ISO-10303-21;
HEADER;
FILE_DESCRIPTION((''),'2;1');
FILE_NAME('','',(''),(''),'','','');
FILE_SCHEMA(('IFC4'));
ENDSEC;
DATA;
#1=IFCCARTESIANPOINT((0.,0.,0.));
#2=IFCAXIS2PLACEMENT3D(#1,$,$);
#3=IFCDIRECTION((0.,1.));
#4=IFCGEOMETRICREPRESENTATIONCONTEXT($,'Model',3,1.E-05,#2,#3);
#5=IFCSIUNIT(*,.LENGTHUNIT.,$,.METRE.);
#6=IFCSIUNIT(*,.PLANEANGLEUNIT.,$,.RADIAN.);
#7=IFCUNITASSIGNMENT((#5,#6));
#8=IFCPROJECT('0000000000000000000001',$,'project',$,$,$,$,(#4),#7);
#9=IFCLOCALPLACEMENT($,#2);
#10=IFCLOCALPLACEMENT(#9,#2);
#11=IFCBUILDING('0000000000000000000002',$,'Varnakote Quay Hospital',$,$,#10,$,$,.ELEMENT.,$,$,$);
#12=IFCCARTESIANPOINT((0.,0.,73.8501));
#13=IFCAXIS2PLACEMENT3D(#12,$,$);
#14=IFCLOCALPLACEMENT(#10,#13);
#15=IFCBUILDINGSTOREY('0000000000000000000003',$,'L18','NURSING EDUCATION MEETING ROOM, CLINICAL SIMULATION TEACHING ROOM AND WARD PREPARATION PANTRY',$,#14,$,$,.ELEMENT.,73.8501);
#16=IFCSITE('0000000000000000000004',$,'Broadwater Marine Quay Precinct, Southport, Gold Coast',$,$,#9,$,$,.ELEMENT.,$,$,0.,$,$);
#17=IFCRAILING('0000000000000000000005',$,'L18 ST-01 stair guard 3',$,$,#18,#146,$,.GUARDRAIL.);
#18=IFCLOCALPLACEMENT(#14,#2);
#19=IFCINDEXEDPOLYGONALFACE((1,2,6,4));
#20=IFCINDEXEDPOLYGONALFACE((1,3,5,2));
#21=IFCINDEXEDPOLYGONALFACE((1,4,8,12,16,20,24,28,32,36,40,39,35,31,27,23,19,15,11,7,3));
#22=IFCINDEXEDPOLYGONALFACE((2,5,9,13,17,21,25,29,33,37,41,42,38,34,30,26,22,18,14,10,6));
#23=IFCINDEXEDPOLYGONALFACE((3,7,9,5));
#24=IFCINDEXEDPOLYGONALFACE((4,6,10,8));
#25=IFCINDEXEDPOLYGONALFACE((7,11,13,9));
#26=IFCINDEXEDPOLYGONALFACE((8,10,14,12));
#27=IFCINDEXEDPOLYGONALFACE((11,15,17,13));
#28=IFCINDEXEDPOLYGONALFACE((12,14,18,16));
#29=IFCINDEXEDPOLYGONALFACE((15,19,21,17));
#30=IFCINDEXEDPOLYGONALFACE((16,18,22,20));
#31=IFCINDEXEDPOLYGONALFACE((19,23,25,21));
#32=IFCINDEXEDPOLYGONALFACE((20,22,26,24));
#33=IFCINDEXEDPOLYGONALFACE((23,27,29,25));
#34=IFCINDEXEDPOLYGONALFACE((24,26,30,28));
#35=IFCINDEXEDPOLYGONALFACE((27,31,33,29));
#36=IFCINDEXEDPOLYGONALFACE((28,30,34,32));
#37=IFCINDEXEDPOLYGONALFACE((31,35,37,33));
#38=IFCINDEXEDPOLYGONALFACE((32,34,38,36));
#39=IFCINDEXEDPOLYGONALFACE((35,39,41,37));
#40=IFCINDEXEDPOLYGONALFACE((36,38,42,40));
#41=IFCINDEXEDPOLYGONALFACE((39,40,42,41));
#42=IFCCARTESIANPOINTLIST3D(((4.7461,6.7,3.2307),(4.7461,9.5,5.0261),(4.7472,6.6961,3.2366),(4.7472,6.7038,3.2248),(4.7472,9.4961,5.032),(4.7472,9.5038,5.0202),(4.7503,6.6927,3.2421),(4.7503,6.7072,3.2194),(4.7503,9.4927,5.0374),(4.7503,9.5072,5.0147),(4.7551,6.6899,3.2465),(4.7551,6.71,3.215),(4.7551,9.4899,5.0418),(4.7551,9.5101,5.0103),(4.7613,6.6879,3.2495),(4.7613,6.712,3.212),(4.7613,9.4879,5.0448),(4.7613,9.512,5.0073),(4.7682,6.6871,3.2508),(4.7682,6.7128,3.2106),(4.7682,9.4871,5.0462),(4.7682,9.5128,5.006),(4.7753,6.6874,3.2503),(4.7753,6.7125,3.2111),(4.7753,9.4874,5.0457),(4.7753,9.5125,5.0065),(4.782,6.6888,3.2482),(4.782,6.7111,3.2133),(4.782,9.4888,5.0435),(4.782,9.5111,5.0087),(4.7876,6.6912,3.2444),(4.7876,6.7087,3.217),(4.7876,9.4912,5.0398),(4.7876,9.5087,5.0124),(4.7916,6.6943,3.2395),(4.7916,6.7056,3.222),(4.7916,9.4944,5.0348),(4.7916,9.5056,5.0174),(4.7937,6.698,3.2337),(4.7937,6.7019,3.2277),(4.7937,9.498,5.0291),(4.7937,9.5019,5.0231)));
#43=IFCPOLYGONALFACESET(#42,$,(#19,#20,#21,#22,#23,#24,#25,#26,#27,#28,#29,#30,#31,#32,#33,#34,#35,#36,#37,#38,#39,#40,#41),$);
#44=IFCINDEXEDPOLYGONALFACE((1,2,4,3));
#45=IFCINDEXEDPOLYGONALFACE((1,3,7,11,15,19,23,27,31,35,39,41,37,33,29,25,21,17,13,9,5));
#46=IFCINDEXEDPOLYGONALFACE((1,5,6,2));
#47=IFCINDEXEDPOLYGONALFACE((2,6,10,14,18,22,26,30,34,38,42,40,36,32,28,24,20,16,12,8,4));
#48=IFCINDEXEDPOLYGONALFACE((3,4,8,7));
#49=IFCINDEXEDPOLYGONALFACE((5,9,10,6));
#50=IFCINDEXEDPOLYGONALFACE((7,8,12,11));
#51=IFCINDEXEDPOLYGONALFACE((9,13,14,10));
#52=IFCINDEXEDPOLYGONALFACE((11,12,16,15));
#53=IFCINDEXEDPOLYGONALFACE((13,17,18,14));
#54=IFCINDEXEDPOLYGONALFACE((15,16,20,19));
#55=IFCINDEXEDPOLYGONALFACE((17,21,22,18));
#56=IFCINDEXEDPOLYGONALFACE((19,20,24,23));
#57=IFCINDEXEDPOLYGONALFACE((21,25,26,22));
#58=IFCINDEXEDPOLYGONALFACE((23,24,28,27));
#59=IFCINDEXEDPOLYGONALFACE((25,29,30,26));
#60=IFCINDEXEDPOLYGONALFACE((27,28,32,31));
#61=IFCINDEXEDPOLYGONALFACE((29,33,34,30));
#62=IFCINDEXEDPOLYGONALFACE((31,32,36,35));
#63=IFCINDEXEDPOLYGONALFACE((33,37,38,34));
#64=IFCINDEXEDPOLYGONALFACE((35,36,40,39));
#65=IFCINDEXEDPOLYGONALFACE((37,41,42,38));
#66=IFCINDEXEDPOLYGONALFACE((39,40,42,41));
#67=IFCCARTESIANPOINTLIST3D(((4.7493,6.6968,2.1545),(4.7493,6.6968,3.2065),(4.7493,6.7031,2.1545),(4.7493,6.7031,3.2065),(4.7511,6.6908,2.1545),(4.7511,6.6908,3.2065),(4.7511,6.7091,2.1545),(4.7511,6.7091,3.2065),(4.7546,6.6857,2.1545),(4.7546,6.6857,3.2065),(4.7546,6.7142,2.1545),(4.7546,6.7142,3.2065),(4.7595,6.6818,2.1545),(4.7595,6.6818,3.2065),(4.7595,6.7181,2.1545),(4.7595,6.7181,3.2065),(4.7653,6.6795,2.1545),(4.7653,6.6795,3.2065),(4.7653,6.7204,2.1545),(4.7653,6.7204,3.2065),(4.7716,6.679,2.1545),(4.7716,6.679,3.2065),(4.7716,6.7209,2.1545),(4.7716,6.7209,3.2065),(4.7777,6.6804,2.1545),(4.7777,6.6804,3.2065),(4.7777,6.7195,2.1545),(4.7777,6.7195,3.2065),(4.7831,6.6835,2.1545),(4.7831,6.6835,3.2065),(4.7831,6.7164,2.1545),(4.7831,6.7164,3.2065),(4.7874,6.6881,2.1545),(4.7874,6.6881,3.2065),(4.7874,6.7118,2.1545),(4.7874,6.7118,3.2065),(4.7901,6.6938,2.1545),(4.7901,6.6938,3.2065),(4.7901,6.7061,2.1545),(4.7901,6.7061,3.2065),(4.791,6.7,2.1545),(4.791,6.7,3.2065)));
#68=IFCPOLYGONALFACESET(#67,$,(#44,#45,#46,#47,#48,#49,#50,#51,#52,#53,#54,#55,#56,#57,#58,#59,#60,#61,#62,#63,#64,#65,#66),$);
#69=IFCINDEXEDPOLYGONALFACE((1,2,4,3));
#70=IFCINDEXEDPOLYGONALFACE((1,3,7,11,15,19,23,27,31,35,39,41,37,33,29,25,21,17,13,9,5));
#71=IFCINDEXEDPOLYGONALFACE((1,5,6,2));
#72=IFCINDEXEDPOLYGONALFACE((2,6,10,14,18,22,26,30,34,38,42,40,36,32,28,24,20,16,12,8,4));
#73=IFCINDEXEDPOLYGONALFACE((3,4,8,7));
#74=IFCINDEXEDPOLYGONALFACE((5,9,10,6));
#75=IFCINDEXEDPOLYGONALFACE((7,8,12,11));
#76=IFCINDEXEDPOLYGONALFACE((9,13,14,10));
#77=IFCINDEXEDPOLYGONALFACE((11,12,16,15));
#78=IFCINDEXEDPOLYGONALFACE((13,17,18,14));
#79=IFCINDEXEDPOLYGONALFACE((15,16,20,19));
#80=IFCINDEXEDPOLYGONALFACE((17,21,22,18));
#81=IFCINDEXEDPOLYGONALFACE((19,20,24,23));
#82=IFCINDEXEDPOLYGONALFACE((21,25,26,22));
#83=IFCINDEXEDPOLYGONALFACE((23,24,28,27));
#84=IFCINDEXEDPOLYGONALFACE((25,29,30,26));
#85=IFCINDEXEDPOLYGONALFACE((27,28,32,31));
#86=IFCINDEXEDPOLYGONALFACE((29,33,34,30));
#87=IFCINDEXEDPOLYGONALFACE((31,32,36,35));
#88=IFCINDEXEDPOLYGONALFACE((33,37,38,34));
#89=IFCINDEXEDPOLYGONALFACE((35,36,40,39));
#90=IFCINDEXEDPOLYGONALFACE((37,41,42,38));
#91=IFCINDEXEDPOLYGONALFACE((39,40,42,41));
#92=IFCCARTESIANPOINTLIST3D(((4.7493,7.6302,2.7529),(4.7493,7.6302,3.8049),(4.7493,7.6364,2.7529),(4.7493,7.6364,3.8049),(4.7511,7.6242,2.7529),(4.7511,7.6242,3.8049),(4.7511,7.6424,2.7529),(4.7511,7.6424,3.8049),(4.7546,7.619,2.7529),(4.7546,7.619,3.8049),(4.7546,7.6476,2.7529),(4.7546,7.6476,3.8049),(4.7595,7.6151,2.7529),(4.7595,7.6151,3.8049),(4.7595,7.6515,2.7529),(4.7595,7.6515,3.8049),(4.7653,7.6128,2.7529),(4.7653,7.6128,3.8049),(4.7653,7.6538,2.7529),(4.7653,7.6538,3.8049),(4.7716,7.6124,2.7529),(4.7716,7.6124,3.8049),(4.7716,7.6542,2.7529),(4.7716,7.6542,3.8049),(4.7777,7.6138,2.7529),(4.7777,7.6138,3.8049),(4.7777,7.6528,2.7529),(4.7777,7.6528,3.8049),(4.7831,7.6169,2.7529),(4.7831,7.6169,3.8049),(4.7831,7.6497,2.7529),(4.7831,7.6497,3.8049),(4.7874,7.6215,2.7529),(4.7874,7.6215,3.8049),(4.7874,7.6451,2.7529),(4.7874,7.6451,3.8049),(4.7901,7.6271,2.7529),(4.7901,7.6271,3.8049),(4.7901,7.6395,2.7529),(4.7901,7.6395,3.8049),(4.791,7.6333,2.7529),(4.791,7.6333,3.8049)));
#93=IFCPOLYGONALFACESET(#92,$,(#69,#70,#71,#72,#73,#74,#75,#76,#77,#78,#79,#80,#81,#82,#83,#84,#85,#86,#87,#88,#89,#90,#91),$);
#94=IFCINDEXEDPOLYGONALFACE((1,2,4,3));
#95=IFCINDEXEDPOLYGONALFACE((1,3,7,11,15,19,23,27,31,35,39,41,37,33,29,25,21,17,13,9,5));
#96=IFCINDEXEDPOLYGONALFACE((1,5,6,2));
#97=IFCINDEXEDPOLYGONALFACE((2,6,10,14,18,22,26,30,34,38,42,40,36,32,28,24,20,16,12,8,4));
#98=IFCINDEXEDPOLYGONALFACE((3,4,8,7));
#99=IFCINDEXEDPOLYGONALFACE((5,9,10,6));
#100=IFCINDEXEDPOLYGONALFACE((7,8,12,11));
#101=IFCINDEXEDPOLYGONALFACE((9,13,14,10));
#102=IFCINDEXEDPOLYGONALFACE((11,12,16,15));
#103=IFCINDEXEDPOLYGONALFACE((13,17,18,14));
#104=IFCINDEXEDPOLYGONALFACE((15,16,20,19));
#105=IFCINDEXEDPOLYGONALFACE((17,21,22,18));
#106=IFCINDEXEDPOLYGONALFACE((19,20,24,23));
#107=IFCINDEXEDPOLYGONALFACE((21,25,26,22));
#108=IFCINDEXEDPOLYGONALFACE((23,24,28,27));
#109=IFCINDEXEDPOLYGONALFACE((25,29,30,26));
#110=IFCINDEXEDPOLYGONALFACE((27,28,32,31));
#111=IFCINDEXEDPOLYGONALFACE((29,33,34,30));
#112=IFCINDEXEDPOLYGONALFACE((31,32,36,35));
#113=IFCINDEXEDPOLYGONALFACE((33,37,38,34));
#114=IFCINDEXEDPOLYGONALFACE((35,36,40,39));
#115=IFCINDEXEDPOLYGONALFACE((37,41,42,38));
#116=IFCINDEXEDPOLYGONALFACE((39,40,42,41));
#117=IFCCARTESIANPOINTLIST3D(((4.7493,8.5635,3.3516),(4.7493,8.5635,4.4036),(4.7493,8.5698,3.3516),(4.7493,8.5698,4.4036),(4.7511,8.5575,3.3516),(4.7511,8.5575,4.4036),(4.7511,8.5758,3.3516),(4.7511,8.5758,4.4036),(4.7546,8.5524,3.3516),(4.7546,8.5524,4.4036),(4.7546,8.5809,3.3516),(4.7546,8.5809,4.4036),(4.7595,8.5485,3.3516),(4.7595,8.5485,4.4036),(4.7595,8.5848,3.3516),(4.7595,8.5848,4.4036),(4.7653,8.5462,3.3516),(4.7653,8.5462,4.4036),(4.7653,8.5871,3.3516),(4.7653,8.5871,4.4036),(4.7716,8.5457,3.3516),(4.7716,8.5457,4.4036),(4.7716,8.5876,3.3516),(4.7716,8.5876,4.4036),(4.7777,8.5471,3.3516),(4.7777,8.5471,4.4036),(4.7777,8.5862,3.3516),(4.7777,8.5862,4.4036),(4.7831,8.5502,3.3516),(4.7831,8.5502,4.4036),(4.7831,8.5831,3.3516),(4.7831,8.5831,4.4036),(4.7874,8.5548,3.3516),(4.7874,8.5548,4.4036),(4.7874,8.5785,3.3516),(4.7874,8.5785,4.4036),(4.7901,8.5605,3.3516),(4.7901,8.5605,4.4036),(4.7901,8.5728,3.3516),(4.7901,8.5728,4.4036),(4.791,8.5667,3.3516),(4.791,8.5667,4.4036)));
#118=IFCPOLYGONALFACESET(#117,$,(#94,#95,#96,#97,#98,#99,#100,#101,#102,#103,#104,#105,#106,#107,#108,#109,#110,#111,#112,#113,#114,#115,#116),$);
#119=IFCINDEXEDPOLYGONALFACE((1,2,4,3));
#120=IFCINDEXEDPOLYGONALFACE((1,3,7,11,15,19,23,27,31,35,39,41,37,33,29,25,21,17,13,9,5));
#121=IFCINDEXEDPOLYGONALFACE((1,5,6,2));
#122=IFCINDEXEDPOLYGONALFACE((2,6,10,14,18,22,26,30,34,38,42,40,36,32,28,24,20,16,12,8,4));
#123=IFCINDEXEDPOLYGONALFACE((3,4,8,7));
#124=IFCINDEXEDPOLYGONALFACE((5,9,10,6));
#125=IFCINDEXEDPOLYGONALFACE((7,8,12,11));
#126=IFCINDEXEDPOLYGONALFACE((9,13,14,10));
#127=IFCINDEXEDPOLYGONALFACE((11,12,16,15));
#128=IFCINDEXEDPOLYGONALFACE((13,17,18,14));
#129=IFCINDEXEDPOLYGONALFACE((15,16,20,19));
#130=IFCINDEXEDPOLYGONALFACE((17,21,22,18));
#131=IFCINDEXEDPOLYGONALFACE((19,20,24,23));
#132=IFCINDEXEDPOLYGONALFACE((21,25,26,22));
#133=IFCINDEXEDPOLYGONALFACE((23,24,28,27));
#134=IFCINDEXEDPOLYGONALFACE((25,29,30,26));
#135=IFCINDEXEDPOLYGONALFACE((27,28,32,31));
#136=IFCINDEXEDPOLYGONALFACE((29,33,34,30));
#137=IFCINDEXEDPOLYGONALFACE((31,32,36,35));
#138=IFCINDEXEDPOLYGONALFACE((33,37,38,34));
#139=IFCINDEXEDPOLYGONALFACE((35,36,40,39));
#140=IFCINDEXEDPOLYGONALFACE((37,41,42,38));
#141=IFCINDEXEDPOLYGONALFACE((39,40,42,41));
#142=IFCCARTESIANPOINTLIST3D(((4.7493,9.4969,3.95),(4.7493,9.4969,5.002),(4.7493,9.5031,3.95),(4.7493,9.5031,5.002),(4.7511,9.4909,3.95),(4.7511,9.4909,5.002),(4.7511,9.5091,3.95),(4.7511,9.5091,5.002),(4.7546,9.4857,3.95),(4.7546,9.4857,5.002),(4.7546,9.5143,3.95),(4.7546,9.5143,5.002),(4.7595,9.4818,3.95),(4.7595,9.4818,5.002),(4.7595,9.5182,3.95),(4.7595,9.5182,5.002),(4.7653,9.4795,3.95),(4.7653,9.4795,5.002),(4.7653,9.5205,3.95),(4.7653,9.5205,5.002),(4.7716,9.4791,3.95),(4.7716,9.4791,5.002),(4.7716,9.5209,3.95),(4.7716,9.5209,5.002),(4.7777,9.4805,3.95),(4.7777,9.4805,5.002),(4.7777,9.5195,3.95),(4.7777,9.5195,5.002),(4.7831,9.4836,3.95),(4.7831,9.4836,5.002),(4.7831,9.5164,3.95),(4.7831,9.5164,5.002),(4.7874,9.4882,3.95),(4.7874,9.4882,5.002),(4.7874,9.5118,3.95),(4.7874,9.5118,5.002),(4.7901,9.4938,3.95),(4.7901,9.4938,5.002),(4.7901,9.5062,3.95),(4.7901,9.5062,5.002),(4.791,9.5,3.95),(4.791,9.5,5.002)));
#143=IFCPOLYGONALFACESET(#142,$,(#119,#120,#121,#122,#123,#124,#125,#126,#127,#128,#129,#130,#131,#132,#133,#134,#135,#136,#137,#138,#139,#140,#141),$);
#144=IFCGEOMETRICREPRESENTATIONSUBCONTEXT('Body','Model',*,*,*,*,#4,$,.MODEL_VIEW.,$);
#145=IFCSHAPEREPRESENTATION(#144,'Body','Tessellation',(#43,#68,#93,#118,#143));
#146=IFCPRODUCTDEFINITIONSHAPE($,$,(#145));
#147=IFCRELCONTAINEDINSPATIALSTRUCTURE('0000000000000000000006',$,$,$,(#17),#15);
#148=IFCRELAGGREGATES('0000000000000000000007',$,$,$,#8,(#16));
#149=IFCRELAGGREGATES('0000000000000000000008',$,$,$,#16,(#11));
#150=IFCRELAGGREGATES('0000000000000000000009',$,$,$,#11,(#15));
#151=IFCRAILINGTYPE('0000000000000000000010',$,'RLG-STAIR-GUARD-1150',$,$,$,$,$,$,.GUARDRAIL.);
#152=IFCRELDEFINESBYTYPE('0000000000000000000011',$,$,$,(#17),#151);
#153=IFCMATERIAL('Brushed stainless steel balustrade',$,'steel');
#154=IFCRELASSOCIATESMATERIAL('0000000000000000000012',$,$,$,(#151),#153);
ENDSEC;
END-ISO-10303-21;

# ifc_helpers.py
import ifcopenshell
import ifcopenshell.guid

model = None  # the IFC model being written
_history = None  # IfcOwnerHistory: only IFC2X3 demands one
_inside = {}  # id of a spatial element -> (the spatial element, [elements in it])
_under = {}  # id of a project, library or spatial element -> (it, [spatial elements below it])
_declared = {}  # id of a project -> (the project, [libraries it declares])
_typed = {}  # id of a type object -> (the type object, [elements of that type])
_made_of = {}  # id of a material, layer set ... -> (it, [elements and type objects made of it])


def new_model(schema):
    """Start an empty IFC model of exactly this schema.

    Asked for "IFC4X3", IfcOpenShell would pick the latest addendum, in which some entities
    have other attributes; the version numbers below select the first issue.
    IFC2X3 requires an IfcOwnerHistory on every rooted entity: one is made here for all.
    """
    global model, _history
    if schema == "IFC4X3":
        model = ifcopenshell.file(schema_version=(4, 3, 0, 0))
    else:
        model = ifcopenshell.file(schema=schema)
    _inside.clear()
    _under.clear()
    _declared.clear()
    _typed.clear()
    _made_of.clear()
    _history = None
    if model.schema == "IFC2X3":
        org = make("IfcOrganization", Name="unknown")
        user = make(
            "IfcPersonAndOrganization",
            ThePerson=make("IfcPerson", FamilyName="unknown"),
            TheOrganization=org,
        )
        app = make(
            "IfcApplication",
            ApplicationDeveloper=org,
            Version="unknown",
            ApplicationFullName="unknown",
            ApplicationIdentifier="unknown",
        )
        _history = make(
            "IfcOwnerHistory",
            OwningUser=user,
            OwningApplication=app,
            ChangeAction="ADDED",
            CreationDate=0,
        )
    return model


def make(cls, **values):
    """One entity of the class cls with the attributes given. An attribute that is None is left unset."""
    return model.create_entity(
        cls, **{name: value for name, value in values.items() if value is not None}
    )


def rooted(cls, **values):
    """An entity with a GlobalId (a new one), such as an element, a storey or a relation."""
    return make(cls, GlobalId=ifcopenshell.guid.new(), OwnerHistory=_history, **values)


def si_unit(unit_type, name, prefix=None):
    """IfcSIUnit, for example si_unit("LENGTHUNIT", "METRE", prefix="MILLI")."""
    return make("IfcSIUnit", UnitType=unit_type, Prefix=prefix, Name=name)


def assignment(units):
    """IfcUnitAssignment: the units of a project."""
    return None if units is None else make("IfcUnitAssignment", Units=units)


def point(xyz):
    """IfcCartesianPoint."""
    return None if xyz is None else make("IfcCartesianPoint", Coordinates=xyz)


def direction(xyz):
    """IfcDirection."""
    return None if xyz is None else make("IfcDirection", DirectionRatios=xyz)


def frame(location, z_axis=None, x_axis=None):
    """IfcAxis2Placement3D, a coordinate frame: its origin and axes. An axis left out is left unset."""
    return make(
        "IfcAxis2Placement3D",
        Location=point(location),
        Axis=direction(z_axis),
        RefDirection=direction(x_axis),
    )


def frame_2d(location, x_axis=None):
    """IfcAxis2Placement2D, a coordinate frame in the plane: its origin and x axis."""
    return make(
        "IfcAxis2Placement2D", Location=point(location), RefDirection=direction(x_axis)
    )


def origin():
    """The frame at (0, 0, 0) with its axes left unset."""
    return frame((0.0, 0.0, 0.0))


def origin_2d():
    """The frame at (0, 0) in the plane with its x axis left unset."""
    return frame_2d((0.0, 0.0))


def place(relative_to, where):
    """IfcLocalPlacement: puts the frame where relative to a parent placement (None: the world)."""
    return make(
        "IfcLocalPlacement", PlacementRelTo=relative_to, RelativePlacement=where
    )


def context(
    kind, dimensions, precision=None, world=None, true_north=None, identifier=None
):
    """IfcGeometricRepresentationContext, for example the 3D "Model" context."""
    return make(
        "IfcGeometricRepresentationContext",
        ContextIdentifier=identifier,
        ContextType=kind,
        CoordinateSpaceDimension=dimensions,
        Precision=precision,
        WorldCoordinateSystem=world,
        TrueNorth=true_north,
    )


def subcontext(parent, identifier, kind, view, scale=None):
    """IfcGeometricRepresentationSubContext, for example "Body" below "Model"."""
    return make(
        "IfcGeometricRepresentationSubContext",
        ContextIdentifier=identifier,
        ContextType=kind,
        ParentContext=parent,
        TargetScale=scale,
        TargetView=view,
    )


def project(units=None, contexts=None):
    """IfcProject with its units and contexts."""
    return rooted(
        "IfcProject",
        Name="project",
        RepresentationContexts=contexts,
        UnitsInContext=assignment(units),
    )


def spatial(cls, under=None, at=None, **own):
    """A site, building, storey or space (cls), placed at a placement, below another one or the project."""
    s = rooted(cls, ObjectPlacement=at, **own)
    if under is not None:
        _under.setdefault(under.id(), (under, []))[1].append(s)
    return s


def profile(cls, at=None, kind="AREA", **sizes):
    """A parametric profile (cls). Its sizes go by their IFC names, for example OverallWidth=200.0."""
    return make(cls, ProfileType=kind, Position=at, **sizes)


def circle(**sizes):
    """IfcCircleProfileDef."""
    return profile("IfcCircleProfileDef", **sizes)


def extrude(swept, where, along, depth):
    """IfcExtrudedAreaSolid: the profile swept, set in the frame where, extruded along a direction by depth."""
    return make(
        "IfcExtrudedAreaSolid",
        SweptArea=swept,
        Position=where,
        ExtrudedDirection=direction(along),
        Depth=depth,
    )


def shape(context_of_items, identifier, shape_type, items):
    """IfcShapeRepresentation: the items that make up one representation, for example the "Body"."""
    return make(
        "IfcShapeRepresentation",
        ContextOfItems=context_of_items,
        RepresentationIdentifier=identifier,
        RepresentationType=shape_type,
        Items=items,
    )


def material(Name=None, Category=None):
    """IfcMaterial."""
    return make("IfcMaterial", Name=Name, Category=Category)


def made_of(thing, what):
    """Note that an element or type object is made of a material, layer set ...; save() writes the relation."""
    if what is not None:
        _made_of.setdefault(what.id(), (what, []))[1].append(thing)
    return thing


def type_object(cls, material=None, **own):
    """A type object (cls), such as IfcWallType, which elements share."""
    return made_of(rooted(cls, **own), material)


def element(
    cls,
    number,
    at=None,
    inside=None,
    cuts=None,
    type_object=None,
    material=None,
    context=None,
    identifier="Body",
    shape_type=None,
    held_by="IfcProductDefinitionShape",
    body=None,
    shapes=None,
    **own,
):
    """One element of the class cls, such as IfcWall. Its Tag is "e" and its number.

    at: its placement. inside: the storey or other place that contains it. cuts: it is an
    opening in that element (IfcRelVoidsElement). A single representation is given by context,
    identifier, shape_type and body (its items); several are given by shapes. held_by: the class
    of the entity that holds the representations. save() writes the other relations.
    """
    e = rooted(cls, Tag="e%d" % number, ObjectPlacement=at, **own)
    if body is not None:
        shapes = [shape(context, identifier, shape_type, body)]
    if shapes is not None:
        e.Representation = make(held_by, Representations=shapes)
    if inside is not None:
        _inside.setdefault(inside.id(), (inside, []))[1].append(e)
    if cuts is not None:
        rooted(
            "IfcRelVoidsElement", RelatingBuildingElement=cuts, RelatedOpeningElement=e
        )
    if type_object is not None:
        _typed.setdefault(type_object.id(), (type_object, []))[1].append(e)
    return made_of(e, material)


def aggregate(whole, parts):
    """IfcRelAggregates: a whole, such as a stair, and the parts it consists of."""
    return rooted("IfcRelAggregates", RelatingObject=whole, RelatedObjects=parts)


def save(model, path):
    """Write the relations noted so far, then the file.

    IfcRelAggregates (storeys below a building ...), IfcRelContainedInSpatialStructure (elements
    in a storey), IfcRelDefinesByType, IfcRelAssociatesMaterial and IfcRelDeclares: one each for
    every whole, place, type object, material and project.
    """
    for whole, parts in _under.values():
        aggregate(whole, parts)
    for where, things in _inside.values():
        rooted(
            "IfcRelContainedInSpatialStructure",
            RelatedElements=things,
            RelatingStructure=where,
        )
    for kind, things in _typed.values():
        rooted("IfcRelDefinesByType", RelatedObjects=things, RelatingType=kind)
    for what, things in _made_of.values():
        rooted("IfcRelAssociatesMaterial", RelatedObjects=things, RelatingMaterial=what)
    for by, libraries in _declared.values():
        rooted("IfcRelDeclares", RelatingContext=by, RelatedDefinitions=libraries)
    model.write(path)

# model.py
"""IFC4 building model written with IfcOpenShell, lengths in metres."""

from ifc_helpers import new_model, si_unit, direction, frame, origin, origin_2d, place, context, subcontext, project, spatial, circle, extrude, material, type_object, element, save


model = new_model("IFC4")

# Units and contexts
model_context = context("Model", 3, precision=1e-05, world=origin(), true_north=direction((0.0, 1.0)))
body_context = subcontext(model_context, "Body", "Model", "MODEL_VIEW")
ifc_project = project(units=[si_unit("LENGTHUNIT", "METRE"), si_unit("PLANEANGLEUNIT", "RADIAN")], contexts=[model_context])

# Site, building, storey
site_placement = place(None, origin())
site = spatial("IfcSite", under=ifc_project, at=site_placement, Name="Broadwater Marine Quay Precinct, Southport, Gold Coast", CompositionType="ELEMENT", RefElevation=0.0)
building_placement = place(site_placement, origin())
building = spatial("IfcBuilding", under=site, at=building_placement, Name="Varnakote Quay Hospital", CompositionType="ELEMENT")
storey_placement = place(building_placement, frame((0.0, 0.0, 73.8501)))
storey = spatial("IfcBuildingStorey", under=building, at=storey_placement, Name="L18", Description="NURSING EDUCATION MEETING ROOM, CLINICAL SIMULATION TEACHING ROOM AND WARD PREPARATION PANTRY", CompositionType="ELEMENT", Elevation=73.8501)

# Railing
ifc_material_1 = material(Name="Brushed stainless steel balustrade", Category="steel")
railing_type_1 = type_object("IfcRailingType", Name="RLG-STAIR-GUARD-1150", PredefinedType="GUARDRAIL", material=ifc_material_1)
railing_1_placement = place(storey_placement, frame((4.77, 6.7, 2.1545)))
element("IfcRailing", 1, at=railing_1_placement, inside=storey, type_object=railing_type_1, Name="L18 ST-01 stair guard 3", PredefinedType="GUARDRAIL", context=body_context, shape_type="SweptSolid", body=[
    extrude(circle(Radius=0.0239, at=origin_2d()), frame((0.0, 0.0, 1.0762), z_axis=(0.0, 0.84181, 0.539774), x_axis=(-1.0, 0.0, 0.0)), (0.0, 0.0, 1.0), 3.3262),
    extrude(circle(Radius=0.021, at=origin_2d()), origin(), (0.0, 0.0, 1.0), 1.052),
    extrude(circle(Radius=0.021, at=origin_2d()), frame((0.0, 0.9333, 0.5984)), (0.0, 0.0, 1.0), 1.052),
    extrude(circle(Radius=0.021, at=origin_2d()), frame((0.0, 1.8667, 1.197)), (0.0, 0.0, 1.0), 1.052),
    extrude(circle(Radius=0.021, at=origin_2d()), frame((0.0, 2.8, 1.7954)), (0.0, 0.0, 1.0), 1.052),
])

save(model, "model.ifc")
